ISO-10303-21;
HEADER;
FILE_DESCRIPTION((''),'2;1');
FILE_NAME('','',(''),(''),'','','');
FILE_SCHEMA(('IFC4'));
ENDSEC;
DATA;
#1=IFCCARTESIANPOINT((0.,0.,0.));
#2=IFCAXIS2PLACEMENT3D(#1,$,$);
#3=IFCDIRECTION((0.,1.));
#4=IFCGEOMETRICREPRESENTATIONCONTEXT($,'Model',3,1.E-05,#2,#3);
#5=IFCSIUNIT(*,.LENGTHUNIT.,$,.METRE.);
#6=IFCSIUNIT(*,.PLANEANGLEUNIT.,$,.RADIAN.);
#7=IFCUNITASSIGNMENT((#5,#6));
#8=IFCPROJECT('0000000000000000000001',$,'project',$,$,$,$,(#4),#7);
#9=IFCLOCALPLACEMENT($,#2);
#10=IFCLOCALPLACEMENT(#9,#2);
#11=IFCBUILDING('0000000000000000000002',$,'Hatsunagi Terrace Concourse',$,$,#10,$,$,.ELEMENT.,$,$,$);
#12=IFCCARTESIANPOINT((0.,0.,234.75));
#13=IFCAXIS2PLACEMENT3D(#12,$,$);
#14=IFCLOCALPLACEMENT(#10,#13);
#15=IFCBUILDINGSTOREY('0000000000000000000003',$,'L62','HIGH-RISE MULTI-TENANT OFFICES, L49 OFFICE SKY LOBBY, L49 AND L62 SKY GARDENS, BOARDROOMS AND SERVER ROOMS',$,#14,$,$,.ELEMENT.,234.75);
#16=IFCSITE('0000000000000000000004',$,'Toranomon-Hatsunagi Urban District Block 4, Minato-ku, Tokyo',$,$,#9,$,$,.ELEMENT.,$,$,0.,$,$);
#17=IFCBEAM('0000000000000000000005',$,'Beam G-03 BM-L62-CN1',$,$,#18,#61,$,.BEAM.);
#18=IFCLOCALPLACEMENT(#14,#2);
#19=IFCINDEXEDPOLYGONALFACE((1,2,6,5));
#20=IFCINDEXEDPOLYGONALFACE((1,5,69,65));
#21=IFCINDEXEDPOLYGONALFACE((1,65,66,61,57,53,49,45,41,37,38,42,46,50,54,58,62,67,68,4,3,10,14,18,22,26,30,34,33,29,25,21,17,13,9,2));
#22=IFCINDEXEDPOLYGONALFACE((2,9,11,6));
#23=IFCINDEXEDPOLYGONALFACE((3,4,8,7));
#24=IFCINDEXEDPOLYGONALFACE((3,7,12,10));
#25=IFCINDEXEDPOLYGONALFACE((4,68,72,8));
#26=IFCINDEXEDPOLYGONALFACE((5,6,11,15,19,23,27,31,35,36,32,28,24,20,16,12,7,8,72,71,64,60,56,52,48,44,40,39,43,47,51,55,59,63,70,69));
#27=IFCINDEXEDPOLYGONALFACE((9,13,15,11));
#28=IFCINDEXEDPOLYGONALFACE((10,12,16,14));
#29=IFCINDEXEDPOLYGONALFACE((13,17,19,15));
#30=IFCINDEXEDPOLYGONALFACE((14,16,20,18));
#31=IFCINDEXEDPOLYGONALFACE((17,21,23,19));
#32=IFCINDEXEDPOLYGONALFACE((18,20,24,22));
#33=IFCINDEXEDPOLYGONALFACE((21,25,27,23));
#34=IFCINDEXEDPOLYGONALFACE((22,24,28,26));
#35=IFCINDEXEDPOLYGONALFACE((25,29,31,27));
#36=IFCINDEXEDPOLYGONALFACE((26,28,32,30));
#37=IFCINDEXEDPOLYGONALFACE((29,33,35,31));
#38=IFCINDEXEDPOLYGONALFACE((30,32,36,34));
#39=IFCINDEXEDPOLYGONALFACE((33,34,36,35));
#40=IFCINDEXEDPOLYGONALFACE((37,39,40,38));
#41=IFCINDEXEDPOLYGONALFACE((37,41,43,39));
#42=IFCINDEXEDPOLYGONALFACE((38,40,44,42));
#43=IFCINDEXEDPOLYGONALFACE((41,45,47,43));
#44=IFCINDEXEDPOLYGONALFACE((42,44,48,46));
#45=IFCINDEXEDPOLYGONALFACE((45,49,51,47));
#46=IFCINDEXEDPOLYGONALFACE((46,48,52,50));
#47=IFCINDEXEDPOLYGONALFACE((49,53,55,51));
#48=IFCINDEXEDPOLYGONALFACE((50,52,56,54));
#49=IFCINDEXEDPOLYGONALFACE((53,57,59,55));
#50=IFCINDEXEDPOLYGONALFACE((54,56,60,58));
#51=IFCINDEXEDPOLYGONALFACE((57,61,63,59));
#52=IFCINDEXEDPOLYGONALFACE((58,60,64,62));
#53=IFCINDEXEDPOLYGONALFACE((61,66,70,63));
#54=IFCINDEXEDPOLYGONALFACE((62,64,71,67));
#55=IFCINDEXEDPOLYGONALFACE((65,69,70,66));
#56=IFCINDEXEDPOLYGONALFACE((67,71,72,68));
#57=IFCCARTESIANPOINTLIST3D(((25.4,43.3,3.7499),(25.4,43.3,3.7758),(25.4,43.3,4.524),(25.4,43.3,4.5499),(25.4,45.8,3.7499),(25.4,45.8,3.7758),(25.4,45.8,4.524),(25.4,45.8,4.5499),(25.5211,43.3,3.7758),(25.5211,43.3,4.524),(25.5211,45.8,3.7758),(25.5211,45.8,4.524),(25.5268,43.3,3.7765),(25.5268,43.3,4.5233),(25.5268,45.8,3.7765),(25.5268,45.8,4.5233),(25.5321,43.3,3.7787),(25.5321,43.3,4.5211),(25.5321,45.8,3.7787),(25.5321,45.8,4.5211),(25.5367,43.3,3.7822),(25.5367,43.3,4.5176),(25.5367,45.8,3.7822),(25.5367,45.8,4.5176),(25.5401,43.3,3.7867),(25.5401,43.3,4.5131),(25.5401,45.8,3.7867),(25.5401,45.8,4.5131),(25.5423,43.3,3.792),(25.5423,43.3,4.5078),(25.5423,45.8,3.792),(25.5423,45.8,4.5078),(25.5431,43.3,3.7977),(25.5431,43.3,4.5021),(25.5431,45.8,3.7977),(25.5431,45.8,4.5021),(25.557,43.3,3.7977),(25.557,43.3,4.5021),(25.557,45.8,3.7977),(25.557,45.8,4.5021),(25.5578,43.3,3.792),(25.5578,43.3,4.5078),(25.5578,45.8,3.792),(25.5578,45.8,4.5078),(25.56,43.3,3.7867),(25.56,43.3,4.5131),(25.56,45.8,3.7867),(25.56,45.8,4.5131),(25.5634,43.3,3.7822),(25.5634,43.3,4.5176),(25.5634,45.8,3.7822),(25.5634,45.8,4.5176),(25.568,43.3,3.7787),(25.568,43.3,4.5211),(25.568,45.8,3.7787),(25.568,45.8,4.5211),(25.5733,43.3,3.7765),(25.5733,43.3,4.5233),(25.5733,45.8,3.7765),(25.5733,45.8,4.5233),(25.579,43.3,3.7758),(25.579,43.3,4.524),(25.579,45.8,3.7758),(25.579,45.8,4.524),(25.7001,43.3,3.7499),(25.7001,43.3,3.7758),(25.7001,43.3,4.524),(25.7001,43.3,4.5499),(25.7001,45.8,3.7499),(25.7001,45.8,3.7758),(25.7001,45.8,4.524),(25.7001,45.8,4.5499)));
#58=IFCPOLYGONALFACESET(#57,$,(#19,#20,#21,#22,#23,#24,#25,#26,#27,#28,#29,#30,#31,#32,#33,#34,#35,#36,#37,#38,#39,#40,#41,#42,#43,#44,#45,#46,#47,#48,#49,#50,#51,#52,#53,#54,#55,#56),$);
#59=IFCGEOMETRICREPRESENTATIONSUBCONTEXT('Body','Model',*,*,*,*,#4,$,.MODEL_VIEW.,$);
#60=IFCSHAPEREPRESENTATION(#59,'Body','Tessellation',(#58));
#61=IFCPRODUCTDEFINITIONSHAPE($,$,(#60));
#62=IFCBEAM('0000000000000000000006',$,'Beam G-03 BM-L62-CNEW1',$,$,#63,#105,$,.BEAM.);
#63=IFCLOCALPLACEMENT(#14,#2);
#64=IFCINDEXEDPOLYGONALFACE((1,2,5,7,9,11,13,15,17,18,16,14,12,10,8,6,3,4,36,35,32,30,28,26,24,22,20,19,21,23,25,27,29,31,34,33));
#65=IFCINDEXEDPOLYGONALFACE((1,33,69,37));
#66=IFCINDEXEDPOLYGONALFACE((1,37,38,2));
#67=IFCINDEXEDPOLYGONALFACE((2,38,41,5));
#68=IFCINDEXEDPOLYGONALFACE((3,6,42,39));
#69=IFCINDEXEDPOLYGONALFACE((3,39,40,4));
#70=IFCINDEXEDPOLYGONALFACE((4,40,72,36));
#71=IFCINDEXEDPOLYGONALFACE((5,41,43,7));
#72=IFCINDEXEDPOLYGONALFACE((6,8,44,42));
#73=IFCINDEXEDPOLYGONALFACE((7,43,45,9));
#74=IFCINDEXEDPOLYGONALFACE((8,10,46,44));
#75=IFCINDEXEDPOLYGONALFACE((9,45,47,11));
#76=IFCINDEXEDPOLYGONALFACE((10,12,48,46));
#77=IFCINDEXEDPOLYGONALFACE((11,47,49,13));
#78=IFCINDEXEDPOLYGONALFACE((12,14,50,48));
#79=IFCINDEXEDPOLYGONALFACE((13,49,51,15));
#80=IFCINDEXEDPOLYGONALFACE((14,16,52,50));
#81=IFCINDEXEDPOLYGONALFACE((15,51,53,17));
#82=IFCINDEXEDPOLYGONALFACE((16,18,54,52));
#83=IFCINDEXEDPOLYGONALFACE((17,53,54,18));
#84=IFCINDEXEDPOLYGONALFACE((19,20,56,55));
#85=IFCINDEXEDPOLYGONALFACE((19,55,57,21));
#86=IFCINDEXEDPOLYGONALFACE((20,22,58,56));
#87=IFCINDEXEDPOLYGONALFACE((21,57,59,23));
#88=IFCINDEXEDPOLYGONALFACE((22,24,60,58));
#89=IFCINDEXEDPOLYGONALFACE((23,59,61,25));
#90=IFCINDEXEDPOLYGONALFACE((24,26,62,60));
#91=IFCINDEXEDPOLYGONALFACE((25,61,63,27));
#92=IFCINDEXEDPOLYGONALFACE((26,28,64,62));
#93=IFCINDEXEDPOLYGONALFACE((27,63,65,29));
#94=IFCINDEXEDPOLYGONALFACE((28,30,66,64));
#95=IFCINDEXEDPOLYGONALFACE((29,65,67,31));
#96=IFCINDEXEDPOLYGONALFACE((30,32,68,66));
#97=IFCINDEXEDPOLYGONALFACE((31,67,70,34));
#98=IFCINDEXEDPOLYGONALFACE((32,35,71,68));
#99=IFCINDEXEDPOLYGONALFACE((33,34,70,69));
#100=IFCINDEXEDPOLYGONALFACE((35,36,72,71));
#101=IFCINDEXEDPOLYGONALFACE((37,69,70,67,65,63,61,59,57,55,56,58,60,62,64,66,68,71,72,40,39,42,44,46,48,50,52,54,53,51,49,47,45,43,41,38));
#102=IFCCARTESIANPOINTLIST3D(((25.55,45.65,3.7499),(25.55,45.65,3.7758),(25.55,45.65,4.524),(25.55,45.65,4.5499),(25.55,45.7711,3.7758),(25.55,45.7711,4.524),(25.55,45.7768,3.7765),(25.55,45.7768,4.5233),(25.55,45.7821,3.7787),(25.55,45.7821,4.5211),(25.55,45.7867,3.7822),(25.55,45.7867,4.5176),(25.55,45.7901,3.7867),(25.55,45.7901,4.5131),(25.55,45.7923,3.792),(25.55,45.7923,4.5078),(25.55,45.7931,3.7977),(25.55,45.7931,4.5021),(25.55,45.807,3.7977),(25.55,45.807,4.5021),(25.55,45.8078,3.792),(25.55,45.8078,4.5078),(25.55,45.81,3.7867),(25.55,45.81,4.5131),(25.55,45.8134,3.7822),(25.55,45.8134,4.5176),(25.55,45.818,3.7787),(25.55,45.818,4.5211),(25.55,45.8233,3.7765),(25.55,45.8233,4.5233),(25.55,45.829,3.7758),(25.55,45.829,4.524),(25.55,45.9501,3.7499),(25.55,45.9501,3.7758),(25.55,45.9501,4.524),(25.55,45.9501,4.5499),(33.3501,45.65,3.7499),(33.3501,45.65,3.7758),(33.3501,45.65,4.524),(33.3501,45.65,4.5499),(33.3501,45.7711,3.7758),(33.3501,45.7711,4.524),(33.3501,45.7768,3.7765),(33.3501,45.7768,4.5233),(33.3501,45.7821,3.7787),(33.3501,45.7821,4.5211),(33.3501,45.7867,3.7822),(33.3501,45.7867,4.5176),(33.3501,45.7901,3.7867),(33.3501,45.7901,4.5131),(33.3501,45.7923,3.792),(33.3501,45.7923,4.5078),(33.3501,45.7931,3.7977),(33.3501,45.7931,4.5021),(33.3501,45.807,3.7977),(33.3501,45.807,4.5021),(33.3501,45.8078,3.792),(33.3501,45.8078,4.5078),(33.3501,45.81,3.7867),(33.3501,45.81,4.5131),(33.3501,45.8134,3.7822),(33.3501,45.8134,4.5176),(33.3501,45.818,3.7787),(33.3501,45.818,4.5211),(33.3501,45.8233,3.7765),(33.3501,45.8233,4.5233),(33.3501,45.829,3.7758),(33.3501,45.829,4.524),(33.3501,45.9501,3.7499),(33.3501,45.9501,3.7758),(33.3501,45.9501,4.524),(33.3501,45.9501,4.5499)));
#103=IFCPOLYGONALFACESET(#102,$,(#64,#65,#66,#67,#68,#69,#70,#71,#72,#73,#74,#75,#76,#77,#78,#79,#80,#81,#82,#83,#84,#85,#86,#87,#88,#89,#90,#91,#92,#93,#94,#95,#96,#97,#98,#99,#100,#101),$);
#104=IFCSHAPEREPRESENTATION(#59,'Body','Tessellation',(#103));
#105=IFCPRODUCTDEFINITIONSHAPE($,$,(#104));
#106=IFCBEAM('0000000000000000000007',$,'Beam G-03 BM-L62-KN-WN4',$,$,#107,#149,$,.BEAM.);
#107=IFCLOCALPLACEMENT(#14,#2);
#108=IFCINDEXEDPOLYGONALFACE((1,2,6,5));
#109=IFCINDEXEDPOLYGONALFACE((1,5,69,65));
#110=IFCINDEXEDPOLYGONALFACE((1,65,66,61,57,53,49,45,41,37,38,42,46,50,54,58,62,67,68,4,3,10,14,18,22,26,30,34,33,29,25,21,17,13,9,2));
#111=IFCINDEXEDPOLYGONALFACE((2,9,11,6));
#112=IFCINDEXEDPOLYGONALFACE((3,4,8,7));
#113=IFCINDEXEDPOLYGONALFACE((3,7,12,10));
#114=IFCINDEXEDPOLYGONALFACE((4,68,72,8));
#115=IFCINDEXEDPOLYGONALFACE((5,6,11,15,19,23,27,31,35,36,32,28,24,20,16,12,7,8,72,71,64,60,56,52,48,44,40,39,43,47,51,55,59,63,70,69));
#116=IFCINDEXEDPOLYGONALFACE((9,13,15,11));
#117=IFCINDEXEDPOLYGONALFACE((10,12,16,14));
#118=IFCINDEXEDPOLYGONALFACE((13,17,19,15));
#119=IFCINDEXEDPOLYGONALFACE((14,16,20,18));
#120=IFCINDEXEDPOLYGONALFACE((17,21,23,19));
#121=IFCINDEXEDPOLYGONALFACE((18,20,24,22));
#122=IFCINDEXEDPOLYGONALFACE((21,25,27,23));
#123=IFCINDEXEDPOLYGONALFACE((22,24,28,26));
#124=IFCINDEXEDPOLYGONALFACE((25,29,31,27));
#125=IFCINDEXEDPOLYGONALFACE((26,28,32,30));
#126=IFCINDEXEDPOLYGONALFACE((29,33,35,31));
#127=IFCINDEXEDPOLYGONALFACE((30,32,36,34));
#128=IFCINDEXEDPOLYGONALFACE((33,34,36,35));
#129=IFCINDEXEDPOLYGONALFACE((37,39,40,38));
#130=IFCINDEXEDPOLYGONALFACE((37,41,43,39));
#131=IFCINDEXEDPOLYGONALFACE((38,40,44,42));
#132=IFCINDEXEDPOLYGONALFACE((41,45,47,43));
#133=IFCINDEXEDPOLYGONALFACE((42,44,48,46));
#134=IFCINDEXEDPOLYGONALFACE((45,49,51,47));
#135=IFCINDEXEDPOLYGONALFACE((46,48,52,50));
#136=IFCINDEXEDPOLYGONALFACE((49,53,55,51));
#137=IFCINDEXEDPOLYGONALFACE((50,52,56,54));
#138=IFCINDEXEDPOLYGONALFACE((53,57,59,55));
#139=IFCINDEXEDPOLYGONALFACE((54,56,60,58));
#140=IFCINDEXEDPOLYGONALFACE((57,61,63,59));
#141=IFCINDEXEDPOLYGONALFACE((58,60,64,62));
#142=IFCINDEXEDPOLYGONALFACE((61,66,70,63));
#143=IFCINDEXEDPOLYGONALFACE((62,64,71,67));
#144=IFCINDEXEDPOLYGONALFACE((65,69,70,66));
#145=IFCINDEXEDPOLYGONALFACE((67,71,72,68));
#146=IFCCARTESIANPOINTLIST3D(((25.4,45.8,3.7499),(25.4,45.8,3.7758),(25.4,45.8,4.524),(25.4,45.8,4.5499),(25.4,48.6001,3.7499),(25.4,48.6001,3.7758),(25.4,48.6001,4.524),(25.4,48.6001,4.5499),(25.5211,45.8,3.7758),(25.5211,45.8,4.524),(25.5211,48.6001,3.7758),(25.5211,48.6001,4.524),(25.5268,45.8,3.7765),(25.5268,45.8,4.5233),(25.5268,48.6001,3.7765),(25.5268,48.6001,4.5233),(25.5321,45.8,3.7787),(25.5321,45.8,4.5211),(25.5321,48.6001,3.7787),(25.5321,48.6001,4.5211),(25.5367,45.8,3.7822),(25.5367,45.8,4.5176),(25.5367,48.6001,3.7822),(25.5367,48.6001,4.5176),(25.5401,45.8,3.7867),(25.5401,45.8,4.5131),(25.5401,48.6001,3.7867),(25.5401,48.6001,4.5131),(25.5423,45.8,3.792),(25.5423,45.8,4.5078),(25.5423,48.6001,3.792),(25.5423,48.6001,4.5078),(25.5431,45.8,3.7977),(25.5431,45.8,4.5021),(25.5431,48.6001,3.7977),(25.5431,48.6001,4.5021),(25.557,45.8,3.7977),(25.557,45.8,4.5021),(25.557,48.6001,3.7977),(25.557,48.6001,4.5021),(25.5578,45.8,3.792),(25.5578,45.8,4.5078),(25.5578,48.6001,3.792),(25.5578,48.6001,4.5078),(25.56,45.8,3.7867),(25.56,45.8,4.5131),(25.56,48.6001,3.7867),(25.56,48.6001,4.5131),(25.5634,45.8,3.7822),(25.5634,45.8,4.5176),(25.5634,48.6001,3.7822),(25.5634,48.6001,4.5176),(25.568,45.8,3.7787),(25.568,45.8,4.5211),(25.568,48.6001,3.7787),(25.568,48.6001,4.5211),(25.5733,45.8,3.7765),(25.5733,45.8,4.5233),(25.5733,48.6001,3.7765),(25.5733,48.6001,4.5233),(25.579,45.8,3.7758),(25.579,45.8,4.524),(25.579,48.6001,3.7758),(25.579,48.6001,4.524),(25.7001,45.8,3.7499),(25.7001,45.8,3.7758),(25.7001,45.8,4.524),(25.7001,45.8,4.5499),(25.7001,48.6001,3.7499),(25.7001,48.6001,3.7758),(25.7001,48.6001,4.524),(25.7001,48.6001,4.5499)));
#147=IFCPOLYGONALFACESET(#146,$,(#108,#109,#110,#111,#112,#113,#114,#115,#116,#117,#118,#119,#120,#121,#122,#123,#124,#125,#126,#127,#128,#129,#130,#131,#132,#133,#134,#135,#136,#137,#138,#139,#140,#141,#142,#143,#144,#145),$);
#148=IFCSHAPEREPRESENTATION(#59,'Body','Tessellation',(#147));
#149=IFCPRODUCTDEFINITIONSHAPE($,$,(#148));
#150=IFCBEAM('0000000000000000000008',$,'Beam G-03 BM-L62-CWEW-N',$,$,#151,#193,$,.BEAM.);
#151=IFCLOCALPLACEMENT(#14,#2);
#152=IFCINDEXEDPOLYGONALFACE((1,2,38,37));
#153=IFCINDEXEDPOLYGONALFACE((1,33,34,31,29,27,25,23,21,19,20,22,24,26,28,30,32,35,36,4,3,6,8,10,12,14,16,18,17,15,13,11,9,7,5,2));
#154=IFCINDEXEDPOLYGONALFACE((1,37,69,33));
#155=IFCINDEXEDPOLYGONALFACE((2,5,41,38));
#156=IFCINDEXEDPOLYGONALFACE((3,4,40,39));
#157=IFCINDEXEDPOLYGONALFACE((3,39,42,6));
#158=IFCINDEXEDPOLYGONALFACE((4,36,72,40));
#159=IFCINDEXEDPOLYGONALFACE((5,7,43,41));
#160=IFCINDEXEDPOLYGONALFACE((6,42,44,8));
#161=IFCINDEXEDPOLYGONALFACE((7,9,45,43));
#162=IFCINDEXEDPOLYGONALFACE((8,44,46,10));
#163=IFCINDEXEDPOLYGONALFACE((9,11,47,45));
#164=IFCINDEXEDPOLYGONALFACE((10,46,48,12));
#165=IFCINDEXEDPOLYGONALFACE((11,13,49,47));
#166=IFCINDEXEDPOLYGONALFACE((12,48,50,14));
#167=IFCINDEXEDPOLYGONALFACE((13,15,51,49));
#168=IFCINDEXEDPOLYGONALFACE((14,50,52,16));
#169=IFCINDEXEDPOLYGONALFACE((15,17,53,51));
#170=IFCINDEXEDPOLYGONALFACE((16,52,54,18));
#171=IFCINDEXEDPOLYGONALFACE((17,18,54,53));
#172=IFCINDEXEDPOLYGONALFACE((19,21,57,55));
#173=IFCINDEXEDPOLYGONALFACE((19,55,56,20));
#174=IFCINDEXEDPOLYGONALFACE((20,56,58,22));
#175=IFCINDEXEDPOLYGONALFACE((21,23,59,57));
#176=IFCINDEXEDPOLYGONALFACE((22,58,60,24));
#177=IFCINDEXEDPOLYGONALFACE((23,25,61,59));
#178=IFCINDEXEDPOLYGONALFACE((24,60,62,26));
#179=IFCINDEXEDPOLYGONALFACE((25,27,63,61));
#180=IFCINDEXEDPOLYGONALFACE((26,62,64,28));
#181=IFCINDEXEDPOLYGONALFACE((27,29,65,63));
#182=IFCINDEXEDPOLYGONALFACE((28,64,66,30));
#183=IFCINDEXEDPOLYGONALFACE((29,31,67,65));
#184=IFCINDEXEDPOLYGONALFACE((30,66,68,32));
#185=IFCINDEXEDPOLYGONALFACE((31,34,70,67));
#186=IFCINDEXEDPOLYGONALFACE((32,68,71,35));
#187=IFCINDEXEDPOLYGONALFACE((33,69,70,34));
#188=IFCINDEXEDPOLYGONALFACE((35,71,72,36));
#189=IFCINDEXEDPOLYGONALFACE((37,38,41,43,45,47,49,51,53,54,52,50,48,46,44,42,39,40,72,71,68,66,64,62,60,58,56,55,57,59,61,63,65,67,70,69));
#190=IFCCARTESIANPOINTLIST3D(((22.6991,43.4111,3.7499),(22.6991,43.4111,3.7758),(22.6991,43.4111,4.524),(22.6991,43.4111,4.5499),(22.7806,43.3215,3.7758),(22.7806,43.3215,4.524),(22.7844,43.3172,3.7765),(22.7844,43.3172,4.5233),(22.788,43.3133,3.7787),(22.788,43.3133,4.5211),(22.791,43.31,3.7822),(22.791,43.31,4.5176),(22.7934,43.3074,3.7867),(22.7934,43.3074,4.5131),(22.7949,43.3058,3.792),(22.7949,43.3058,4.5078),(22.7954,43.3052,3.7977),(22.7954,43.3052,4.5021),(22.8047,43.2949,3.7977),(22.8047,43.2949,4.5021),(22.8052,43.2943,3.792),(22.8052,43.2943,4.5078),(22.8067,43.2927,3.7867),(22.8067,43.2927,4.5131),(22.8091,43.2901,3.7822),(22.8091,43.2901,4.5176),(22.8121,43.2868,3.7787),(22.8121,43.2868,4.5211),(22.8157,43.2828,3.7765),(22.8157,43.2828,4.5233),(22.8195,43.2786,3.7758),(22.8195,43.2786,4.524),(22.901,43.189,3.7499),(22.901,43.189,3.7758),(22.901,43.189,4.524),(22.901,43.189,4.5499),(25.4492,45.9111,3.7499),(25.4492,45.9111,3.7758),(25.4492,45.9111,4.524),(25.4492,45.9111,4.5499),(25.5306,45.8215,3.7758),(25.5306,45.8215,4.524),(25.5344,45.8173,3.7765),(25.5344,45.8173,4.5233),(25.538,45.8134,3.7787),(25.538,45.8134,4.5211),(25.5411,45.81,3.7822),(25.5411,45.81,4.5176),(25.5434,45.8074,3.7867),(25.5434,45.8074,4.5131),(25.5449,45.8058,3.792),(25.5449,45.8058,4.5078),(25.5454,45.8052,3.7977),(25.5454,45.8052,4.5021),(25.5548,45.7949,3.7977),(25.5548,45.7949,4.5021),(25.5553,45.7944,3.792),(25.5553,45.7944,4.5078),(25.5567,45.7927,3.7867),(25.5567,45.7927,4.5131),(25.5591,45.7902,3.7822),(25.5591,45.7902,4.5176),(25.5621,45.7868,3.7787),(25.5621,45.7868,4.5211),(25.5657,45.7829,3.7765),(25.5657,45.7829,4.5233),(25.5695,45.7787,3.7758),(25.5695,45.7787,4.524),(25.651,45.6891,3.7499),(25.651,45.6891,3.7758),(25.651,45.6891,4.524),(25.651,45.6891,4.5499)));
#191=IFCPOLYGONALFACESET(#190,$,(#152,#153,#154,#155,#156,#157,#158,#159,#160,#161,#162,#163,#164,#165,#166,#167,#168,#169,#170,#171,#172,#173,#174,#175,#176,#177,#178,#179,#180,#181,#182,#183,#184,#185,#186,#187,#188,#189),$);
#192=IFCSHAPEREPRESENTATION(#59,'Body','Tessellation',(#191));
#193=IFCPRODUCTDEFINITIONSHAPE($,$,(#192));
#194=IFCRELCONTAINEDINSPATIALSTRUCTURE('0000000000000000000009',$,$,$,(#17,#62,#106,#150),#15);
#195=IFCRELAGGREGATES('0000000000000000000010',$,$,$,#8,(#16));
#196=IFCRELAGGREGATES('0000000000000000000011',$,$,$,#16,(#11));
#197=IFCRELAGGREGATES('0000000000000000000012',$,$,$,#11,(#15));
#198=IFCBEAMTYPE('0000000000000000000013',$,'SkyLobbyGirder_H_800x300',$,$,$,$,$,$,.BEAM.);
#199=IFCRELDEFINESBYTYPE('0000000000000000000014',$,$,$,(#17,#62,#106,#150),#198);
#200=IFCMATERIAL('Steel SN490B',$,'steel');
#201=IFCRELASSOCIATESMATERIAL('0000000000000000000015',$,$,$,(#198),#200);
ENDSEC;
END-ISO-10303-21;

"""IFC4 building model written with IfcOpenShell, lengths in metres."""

from ifc_helpers import new_model, si_unit, direction, frame, origin, origin_2d, place, context, subcontext, project, spatial, i_section, extrude, material, material_profile, profile_set, type_object, element, save


model = new_model("IFC4")

# Units and contexts
model_context = context("Model", 3, precision=1e-05, world=origin(), true_north=direction((0.0, 1.0)))
body_context = subcontext(model_context, "Body", "Model", "MODEL_VIEW")
ifc_project = project(units=[si_unit("LENGTHUNIT", "METRE"), si_unit("PLANEANGLEUNIT", "RADIAN")], contexts=[model_context])

# Site, building, storey
site_placement = place(None, origin())
site = spatial("IfcSite", under=ifc_project, at=site_placement, Name="Toranomon-Hatsunagi Urban District Block 4, Minato-ku, Tokyo", CompositionType="ELEMENT", RefElevation=0.0)
building_placement = place(site_placement, origin())
building = spatial("IfcBuilding", under=site, at=building_placement, Name="Hatsunagi Terrace Concourse", CompositionType="ELEMENT")
storey_placement = place(building_placement, frame((0.0, 0.0, 234.75)))
storey = spatial("IfcBuildingStorey", under=building, at=storey_placement, Name="L62", Description="HIGH-RISE MULTI-TENANT OFFICES, L49 OFFICE SKY LOBBY, L49 AND L62 SKY GARDENS, BOARDROOMS AND SERVER ROOMS", CompositionType="ELEMENT", Elevation=234.75)

# Beams
ifc_material_1 = material(Name="Steel SN490B", Category="steel")
ifc_material_profile_1 = material_profile(ifc_material_1, i_section(OverallWidth=0.3, OverallDepth=0.8, WebThickness=0.0139, FlangeThickness=0.0259, FilletRadius=0.022, at=origin_2d()), Name="H-800x300x14x26")
ifc_profile_set_1 = profile_set([ifc_material_profile_1], Name="Steel SN490B")
beam_type_1 = type_object("IfcBeamType", Name="SkyLobbyGirder_H_800x300", PredefinedType="BEAM", material=ifc_profile_set_1)
beam_1_placement = place(storey_placement, frame((25.55, 43.3, 4.1499), z_axis=(0.0, 1.0, 0.0), x_axis=(-1.0, 0.0, 0.0)))
element("IfcBeam", 1, at=beam_1_placement, inside=storey, type_object=beam_type_1, Name="Beam G-03 BM-L62-CN1", PredefinedType="BEAM", context=body_context, shape_type="SweptSolid", body=[
    extrude(i_section(OverallWidth=0.3, OverallDepth=0.8, WebThickness=0.0139, FlangeThickness=0.0259, FilletRadius=0.022, at=origin_2d()), origin(), (0.0, 0.0, 1.0), 2.5),
])
beam_2_placement = place(storey_placement, frame((25.55, 45.8, 4.1499), z_axis=(1.0, 0.0, 0.0), x_axis=(0.0, 1.0, 0.0)))
element("IfcBeam", 2, at=beam_2_placement, inside=storey, type_object=beam_type_1, Name="Beam G-03 BM-L62-CNEW1", PredefinedType="BEAM", context=body_context, shape_type="SweptSolid", body=[
    extrude(i_section(OverallWidth=0.3, OverallDepth=0.8, WebThickness=0.0139, FlangeThickness=0.0259, FilletRadius=0.022, at=origin_2d()), origin(), (0.0, 0.0, 1.0), 7.8),
])
beam_3_placement = place(storey_placement, frame((25.55, 45.8, 4.1499), z_axis=(0.0, 1.0, 0.0), x_axis=(-1.0, 0.0, 0.0)))
element("IfcBeam", 3, at=beam_3_placement, inside=storey, type_object=beam_type_1, Name="Beam G-03 BM-L62-KN-WN4", PredefinedType="BEAM", context=body_context, shape_type="SweptSolid", body=[
    extrude(i_section(OverallWidth=0.3, OverallDepth=0.8, WebThickness=0.0139, FlangeThickness=0.0259, FilletRadius=0.022, at=origin_2d()), origin(), (0.0, 0.0, 1.0), 2.8),
])
beam_4_placement = place(storey_placement, frame((22.8, 43.3, 4.1499), z_axis=(0.73994, 0.672673, 0.0), x_axis=(-0.672673, 0.73994, 0.0)))
element("IfcBeam", 4, at=beam_4_placement, inside=storey, type_object=beam_type_1, Name="Beam G-03 BM-L62-CWEW-N", PredefinedType="BEAM", context=body_context, shape_type="SweptSolid", body=[
    extrude(i_section(OverallWidth=0.3, OverallDepth=0.8, WebThickness=0.0139, FlangeThickness=0.0259, FilletRadius=0.022, at=origin_2d()), origin(), (0.0, 0.0, 1.0), 3.7166),
])

save(model, "model.ifc")
